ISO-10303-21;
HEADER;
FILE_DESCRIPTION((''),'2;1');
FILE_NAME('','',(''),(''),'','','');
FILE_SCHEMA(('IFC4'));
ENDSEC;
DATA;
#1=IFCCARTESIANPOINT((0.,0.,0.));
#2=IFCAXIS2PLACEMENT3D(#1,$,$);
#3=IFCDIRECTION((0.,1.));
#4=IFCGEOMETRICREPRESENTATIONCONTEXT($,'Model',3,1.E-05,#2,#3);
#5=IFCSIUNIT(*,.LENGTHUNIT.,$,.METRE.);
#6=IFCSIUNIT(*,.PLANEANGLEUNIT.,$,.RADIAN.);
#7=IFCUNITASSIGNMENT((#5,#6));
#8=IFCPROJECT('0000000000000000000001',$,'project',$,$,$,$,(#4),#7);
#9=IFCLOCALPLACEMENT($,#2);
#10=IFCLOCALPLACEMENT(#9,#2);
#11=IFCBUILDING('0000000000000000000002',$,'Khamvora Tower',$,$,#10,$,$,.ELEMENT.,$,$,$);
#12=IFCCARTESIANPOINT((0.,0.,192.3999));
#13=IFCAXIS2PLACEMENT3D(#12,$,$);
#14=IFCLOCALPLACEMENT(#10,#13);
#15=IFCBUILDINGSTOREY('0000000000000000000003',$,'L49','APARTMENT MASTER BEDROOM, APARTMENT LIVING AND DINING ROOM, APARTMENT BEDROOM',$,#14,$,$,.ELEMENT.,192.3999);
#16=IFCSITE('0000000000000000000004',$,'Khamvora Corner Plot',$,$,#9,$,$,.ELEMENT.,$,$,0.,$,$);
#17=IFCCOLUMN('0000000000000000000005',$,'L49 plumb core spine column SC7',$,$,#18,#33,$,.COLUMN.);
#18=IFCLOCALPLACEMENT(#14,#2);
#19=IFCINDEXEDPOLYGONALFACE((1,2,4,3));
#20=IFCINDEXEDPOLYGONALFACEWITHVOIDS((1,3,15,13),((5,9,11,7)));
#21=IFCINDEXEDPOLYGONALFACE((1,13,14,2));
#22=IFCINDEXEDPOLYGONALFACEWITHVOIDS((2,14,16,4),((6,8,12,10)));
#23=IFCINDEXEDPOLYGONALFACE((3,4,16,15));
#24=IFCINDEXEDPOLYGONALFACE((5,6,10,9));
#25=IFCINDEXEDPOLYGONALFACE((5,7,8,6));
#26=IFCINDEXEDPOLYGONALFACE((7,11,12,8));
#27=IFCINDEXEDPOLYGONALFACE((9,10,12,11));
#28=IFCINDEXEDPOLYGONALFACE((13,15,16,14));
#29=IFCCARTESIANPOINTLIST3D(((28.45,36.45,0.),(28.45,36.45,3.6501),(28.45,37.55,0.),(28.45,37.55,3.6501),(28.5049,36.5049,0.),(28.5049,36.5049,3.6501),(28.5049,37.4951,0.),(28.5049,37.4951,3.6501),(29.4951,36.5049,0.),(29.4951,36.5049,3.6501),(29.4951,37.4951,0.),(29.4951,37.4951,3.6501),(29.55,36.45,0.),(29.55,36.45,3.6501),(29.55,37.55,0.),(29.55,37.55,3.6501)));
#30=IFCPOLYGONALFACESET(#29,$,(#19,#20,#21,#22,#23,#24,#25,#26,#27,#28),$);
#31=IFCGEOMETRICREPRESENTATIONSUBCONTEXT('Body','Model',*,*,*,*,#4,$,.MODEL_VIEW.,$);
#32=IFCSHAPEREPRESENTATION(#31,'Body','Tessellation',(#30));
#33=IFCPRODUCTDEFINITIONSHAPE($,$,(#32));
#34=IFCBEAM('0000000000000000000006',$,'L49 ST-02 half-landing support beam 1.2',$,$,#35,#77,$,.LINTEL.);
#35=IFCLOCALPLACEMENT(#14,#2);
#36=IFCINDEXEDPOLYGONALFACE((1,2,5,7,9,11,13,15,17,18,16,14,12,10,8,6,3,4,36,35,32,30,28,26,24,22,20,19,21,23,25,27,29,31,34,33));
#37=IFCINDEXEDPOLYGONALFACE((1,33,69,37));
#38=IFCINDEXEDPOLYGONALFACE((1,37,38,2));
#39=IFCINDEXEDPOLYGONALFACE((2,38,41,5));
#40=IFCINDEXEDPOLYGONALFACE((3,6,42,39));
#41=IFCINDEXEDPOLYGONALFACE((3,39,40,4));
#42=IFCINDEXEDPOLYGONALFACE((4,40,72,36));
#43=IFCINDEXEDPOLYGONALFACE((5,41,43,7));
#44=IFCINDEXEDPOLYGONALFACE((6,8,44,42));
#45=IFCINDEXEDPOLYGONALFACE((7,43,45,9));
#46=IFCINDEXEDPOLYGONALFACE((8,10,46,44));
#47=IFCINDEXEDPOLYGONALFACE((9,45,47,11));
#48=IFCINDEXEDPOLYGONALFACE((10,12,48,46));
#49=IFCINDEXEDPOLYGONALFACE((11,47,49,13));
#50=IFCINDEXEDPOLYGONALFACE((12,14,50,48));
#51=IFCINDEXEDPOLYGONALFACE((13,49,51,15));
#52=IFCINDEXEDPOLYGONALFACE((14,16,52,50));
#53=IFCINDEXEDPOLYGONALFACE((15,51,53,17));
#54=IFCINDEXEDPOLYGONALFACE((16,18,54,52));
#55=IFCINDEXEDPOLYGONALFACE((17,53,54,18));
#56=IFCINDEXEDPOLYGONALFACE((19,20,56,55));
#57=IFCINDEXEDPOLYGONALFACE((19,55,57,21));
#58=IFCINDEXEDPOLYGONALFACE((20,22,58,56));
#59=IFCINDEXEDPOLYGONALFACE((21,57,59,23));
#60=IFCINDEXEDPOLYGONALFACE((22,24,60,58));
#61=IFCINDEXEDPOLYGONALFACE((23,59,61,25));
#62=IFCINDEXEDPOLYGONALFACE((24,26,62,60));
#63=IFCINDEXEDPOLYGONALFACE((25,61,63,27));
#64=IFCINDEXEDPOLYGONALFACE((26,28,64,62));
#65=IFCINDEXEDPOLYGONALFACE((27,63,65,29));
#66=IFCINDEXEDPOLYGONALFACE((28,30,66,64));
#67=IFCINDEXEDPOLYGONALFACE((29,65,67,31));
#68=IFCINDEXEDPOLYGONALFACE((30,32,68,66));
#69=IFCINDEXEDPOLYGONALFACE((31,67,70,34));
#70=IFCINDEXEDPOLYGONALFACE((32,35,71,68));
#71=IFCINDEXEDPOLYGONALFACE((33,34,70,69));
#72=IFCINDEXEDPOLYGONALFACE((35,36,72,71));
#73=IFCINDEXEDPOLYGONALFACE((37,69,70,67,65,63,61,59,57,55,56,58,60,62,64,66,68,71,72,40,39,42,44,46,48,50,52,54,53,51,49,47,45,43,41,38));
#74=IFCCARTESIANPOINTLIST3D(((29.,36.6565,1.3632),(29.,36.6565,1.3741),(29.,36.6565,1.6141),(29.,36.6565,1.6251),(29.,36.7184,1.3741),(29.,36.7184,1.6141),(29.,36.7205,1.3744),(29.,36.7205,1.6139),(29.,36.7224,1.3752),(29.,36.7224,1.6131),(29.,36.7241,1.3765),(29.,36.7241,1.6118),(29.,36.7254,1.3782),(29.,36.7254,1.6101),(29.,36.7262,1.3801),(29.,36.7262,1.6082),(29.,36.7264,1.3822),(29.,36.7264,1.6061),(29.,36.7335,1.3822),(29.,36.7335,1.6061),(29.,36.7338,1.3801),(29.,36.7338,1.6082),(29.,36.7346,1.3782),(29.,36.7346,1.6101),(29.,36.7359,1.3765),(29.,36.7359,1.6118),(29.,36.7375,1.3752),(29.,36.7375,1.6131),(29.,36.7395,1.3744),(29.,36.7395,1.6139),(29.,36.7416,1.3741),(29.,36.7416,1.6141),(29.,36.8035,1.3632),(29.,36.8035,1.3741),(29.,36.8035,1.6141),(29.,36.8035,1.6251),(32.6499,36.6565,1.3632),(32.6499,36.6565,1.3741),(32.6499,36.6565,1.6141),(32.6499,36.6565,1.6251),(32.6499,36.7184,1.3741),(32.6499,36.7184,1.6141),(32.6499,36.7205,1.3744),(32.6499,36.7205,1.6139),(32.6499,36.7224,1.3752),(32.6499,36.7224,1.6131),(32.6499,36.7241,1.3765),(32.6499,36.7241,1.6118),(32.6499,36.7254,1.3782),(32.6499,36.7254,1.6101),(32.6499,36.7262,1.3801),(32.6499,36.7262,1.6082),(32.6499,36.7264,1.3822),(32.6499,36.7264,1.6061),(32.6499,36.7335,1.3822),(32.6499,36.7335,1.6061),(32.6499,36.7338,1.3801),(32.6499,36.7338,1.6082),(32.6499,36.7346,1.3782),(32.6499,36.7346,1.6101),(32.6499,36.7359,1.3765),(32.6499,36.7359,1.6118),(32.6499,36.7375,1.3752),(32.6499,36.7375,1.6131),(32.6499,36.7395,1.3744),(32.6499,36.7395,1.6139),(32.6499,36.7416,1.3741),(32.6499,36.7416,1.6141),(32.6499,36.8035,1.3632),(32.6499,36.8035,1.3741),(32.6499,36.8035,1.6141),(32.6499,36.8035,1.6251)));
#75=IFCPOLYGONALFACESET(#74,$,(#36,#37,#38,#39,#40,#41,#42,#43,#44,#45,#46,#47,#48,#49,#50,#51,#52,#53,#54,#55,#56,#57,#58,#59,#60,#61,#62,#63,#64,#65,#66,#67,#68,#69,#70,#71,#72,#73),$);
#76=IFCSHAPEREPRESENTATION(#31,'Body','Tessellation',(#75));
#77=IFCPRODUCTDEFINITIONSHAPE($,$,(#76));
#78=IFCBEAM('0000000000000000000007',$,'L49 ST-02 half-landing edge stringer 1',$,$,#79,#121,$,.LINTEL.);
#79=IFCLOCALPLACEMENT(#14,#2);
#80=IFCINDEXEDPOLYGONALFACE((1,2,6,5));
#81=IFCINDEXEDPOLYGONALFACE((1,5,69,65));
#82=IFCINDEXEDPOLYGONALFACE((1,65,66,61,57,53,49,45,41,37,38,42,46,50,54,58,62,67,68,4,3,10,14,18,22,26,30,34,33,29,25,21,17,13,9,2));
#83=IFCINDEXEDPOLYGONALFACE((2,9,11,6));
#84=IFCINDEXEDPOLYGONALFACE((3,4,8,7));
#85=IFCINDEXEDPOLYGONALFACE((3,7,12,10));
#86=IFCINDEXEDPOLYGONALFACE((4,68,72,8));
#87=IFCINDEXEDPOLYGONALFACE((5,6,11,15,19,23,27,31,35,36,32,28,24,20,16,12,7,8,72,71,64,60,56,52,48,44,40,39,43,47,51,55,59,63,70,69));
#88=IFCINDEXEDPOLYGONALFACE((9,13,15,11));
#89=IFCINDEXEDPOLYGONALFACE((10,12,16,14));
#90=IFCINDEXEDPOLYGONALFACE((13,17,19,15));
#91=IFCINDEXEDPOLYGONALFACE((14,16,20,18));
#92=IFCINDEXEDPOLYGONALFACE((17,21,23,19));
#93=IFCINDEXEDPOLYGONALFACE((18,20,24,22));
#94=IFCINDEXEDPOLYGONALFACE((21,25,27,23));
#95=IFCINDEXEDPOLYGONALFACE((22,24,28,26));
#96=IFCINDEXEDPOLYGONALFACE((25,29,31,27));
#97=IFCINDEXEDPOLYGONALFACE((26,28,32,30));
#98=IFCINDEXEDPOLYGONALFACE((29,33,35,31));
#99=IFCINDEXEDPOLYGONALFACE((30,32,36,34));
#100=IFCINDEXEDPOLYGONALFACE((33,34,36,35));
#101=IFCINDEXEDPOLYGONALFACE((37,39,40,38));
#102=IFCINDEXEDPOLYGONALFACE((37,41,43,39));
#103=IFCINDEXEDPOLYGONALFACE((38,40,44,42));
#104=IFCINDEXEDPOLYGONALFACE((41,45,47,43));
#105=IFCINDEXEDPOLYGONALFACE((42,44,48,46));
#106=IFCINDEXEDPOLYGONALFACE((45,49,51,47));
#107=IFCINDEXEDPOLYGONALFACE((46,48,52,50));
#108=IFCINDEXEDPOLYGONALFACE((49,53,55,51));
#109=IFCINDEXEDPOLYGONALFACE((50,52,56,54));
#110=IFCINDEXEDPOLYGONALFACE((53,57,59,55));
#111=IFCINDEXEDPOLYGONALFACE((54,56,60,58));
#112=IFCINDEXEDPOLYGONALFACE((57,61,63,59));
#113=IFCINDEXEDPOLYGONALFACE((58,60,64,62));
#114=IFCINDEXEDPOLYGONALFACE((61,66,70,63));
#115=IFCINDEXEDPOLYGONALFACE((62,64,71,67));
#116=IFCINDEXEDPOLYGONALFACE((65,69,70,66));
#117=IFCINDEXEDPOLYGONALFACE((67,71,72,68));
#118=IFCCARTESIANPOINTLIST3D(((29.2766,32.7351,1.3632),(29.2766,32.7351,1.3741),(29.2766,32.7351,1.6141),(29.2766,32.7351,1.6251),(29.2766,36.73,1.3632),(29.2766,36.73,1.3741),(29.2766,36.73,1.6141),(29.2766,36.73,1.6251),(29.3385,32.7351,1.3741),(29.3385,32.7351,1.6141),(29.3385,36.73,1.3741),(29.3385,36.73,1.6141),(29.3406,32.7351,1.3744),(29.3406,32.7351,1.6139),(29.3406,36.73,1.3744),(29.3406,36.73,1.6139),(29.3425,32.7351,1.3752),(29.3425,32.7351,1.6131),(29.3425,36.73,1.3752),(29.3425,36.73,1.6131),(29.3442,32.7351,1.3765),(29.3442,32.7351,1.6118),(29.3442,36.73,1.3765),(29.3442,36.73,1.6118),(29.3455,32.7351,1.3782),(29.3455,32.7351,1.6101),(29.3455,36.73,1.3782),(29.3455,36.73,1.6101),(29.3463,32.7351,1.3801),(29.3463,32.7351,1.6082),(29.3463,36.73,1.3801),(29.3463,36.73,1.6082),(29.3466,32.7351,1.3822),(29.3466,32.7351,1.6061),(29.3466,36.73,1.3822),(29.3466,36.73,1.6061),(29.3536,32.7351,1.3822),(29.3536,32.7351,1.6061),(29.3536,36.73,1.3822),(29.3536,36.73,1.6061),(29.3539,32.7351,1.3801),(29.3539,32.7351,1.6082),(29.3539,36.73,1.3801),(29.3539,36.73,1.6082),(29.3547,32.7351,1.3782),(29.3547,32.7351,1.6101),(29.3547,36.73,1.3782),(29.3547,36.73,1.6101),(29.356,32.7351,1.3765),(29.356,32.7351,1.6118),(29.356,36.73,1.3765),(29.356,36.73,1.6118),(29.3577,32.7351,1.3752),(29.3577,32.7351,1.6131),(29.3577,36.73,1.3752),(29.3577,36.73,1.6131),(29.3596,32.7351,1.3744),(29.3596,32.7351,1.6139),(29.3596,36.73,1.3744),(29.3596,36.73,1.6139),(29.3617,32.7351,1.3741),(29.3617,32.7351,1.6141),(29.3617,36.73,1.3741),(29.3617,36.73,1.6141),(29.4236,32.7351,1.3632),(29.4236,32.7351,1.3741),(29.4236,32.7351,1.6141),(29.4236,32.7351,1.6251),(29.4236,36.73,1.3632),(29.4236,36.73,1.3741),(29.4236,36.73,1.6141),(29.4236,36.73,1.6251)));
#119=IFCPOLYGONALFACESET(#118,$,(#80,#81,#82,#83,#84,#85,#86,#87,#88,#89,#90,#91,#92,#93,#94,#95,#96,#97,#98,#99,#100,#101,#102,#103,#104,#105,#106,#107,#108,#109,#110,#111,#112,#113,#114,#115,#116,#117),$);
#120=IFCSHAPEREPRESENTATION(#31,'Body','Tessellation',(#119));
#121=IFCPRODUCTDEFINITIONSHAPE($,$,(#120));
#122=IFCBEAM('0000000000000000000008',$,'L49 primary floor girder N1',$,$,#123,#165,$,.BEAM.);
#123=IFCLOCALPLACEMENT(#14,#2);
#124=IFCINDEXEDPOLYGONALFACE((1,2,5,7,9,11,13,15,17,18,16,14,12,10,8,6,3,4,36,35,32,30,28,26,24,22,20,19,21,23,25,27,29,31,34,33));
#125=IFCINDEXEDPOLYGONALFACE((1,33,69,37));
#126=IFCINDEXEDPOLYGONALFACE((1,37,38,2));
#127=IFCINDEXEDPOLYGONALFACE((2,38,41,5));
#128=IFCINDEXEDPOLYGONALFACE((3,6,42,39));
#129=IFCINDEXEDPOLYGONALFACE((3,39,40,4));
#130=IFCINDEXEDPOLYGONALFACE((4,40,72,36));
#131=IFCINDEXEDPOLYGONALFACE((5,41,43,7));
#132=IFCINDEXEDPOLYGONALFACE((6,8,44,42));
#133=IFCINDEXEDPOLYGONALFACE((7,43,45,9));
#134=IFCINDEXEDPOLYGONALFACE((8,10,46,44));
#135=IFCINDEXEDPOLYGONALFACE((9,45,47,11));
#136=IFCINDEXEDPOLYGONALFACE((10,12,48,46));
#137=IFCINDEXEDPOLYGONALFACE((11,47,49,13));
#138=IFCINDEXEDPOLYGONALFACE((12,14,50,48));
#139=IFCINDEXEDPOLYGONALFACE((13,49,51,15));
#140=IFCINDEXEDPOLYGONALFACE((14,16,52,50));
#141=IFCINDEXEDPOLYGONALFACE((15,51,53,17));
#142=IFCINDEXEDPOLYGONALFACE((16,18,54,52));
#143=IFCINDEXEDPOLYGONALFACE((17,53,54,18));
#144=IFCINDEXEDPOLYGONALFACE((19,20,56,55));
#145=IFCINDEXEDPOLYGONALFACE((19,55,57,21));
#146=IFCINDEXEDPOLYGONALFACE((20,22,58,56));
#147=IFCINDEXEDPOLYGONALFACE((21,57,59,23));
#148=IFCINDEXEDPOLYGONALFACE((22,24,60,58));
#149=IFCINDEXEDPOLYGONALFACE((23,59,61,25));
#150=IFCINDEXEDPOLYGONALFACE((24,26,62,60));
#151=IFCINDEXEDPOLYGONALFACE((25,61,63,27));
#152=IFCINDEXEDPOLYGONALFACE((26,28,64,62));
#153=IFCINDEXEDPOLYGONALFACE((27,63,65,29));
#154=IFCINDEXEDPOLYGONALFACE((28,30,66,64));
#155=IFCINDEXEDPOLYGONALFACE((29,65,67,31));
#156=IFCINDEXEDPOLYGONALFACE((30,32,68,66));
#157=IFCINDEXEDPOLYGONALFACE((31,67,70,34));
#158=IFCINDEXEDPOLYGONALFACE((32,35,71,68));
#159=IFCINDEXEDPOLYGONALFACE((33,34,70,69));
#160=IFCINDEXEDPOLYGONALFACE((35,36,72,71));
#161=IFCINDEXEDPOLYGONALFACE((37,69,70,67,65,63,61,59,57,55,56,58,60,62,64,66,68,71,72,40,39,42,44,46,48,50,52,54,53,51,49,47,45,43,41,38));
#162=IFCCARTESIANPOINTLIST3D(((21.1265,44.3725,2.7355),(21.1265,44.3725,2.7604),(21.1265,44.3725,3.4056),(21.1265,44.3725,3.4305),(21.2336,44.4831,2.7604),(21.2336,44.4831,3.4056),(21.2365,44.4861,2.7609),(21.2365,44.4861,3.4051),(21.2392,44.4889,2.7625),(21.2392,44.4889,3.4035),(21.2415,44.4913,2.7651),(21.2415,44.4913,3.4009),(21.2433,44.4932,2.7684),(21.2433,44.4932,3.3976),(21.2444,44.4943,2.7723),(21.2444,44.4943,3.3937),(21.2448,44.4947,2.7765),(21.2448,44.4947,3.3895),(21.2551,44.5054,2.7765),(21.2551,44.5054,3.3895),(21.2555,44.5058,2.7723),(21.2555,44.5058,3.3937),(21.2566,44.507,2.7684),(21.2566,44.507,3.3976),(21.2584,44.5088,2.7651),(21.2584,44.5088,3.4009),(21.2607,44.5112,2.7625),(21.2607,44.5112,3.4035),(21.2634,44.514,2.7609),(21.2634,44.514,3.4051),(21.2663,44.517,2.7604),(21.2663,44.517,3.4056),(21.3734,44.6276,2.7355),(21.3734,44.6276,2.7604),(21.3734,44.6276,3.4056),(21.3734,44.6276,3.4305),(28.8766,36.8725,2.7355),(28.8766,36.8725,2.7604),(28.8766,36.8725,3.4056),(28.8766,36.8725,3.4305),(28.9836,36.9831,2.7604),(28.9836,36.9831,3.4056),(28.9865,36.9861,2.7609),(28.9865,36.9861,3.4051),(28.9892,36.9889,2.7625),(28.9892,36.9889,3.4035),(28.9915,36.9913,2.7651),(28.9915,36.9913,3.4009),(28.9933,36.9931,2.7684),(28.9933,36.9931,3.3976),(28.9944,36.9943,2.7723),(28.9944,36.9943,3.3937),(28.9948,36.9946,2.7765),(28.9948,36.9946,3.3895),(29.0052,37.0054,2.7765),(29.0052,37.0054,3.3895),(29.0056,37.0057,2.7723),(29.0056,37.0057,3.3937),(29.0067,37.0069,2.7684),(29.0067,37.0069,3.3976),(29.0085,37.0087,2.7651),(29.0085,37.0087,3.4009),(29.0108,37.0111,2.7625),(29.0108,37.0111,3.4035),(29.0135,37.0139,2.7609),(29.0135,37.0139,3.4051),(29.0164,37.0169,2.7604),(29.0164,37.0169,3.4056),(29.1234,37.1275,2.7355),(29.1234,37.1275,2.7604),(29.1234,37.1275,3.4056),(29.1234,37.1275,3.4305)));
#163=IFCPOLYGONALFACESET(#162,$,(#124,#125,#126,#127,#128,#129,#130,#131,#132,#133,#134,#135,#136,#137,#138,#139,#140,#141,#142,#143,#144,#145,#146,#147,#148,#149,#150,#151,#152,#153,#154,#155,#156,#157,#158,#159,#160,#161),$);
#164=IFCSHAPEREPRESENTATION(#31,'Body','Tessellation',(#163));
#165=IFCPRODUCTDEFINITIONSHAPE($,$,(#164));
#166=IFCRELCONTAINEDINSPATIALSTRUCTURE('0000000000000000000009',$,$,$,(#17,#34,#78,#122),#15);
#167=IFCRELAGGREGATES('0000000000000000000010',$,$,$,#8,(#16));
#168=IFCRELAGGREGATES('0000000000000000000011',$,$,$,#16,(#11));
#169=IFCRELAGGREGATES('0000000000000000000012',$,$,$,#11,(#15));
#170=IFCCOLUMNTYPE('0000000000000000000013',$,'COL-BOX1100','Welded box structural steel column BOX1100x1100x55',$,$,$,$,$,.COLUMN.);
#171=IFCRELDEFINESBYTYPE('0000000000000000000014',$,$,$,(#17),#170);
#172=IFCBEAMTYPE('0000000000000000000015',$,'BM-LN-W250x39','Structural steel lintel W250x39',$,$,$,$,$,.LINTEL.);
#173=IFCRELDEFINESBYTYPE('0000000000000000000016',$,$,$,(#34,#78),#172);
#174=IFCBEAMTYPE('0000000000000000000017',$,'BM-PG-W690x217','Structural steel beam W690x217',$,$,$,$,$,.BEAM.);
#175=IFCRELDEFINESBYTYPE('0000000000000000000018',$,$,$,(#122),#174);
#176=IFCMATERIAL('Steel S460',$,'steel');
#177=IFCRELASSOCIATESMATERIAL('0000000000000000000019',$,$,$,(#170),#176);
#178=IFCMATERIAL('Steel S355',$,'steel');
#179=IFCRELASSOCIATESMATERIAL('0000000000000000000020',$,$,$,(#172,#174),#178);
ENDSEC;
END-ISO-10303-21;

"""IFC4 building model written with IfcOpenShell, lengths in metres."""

from ifc_helpers import new_model, si_unit, direction, frame, origin, origin_2d, place, context, subcontext, project, spatial, hollow_rectangle, i_section, extrude, material, material_profile, profile_set, type_object, element, save


model = new_model("IFC4")

# Units and contexts
model_context = context("Model", 3, precision=1e-05, world=origin(), true_north=direction((0.0, 1.0)))
body_context = subcontext(model_context, "Body", "Model", "MODEL_VIEW")
ifc_project = project(units=[si_unit("LENGTHUNIT", "METRE"), si_unit("PLANEANGLEUNIT", "RADIAN")], contexts=[model_context])

# Site, building, storey
site_placement = place(None, origin())
site = spatial("IfcSite", under=ifc_project, at=site_placement, Name="Khamvora Corner Plot", CompositionType="ELEMENT", RefElevation=0.0)
building_placement = place(site_placement, origin())
building = spatial("IfcBuilding", under=site, at=building_placement, Name="Khamvora Tower", CompositionType="ELEMENT")
storey_placement = place(building_placement, frame((0.0, 0.0, 192.3999)))
storey = spatial("IfcBuildingStorey", under=building, at=storey_placement, Name="L49", Description="APARTMENT MASTER BEDROOM, APARTMENT LIVING AND DINING ROOM, APARTMENT BEDROOM", CompositionType="ELEMENT", Elevation=192.3999)

# Column
ifc_material_1 = material(Name="Steel S460", Category="steel")
ifc_material_profile_1 = material_profile(ifc_material_1, hollow_rectangle(XDim=1.1001, YDim=1.1001, WallThickness=0.0549, at=origin_2d()), Name="BOX1100x1100x55")
ifc_profile_set_1 = profile_set([ifc_material_profile_1], Name="Steel S460")
column_type = type_object("IfcColumnType", Name="COL-BOX1100", Description="Welded box structural steel column BOX1100x1100x55", PredefinedType="COLUMN", material=ifc_profile_set_1)
column_placement = place(storey_placement, frame((29.0, 37.0, 0.0), z_axis=(0.0, 0.0, 1.0), x_axis=(1.0, 0.0, 0.0)))
element("IfcColumn", 1, at=column_placement, inside=storey, type_object=column_type, Name="L49 plumb core spine column SC7", PredefinedType="COLUMN", context=body_context, shape_type="SweptSolid", body=[
    extrude(hollow_rectangle(XDim=1.1001, YDim=1.1001, WallThickness=0.0549, at=origin_2d()), origin(), (0.0, 0.0, 1.0), 3.6501),
])

# Beams
ifc_material_2 = material(Name="Steel S355", Category="steel")
ifc_material_profile_2 = material_profile(ifc_material_2, i_section(OverallWidth=0.147, OverallDepth=0.262, WebThickness=0.0071, FlangeThickness=0.011, FilletRadius=0.0081, at=origin_2d()), Name="W250x39")
ifc_profile_set_2 = profile_set([ifc_material_profile_2], Name="Steel S355")
beam_type_1 = type_object("IfcBeamType", Name="BM-LN-W250x39", Description="Structural steel lintel W250x39", PredefinedType="LINTEL", material=ifc_profile_set_2)
beam_1_placement = place(storey_placement, frame((29.0, 36.73, 1.4941), z_axis=(1.0, 0.0, 0.0), x_axis=(0.0, 1.0, 0.0)))
element("IfcBeam", 2, at=beam_1_placement, inside=storey, type_object=beam_type_1, Name="L49 ST-02 half-landing support beam 1.2", PredefinedType="LINTEL", context=body_context, shape_type="SweptSolid", body=[
    extrude(i_section(OverallWidth=0.147, OverallDepth=0.262, WebThickness=0.0071, FlangeThickness=0.011, FilletRadius=0.0081, at=origin_2d()), origin(), (0.0, 0.0, 1.0), 3.6499),
])
beam_2_placement = place(storey_placement, frame((29.3501, 32.7351, 1.4941), z_axis=(0.0, 1.0, 0.0), x_axis=(-1.0, 0.0, 0.0)))
element("IfcBeam", 3, at=beam_2_placement, inside=storey, type_object=beam_type_1, Name="L49 ST-02 half-landing edge stringer 1", PredefinedType="LINTEL", context=body_context, shape_type="SweptSolid", body=[
    extrude(i_section(OverallWidth=0.147, OverallDepth=0.262, WebThickness=0.0071, FlangeThickness=0.011, FilletRadius=0.0081, at=origin_2d()), origin(), (0.0, 0.0, 1.0), 3.9949),
])
ifc_material_profile_3 = material_profile(ifc_material_2, i_section(OverallWidth=0.355, OverallDepth=0.6951, WebThickness=0.0149, FlangeThickness=0.0249, FilletRadius=0.0161, at=origin_2d()), Name="W690x217")
ifc_profile_set_3 = profile_set([ifc_material_profile_3], Name="Steel S355")
beam_type_2 = type_object("IfcBeamType", Name="BM-PG-W690x217", Description="Structural steel beam W690x217", PredefinedType="BEAM", material=ifc_profile_set_3)
beam_3_placement = place(storey_placement, frame((29.0, 37.0, 3.083), z_axis=(-0.718602, 0.695421, 0.0), x_axis=(-0.695421, -0.718602, 0.0)))
element("IfcBeam", 4, at=beam_3_placement, inside=storey, type_object=beam_type_2, Name="L49 primary floor girder N1", PredefinedType="BEAM", context=body_context, shape_type="SweptSolid", body=[
    extrude(i_section(OverallWidth=0.355, OverallDepth=0.6951, WebThickness=0.0149, FlangeThickness=0.0249, FilletRadius=0.0161, at=origin_2d()), origin(), (0.0, 0.0, 1.0), 10.7849),
])

save(model, "model.ifc")
